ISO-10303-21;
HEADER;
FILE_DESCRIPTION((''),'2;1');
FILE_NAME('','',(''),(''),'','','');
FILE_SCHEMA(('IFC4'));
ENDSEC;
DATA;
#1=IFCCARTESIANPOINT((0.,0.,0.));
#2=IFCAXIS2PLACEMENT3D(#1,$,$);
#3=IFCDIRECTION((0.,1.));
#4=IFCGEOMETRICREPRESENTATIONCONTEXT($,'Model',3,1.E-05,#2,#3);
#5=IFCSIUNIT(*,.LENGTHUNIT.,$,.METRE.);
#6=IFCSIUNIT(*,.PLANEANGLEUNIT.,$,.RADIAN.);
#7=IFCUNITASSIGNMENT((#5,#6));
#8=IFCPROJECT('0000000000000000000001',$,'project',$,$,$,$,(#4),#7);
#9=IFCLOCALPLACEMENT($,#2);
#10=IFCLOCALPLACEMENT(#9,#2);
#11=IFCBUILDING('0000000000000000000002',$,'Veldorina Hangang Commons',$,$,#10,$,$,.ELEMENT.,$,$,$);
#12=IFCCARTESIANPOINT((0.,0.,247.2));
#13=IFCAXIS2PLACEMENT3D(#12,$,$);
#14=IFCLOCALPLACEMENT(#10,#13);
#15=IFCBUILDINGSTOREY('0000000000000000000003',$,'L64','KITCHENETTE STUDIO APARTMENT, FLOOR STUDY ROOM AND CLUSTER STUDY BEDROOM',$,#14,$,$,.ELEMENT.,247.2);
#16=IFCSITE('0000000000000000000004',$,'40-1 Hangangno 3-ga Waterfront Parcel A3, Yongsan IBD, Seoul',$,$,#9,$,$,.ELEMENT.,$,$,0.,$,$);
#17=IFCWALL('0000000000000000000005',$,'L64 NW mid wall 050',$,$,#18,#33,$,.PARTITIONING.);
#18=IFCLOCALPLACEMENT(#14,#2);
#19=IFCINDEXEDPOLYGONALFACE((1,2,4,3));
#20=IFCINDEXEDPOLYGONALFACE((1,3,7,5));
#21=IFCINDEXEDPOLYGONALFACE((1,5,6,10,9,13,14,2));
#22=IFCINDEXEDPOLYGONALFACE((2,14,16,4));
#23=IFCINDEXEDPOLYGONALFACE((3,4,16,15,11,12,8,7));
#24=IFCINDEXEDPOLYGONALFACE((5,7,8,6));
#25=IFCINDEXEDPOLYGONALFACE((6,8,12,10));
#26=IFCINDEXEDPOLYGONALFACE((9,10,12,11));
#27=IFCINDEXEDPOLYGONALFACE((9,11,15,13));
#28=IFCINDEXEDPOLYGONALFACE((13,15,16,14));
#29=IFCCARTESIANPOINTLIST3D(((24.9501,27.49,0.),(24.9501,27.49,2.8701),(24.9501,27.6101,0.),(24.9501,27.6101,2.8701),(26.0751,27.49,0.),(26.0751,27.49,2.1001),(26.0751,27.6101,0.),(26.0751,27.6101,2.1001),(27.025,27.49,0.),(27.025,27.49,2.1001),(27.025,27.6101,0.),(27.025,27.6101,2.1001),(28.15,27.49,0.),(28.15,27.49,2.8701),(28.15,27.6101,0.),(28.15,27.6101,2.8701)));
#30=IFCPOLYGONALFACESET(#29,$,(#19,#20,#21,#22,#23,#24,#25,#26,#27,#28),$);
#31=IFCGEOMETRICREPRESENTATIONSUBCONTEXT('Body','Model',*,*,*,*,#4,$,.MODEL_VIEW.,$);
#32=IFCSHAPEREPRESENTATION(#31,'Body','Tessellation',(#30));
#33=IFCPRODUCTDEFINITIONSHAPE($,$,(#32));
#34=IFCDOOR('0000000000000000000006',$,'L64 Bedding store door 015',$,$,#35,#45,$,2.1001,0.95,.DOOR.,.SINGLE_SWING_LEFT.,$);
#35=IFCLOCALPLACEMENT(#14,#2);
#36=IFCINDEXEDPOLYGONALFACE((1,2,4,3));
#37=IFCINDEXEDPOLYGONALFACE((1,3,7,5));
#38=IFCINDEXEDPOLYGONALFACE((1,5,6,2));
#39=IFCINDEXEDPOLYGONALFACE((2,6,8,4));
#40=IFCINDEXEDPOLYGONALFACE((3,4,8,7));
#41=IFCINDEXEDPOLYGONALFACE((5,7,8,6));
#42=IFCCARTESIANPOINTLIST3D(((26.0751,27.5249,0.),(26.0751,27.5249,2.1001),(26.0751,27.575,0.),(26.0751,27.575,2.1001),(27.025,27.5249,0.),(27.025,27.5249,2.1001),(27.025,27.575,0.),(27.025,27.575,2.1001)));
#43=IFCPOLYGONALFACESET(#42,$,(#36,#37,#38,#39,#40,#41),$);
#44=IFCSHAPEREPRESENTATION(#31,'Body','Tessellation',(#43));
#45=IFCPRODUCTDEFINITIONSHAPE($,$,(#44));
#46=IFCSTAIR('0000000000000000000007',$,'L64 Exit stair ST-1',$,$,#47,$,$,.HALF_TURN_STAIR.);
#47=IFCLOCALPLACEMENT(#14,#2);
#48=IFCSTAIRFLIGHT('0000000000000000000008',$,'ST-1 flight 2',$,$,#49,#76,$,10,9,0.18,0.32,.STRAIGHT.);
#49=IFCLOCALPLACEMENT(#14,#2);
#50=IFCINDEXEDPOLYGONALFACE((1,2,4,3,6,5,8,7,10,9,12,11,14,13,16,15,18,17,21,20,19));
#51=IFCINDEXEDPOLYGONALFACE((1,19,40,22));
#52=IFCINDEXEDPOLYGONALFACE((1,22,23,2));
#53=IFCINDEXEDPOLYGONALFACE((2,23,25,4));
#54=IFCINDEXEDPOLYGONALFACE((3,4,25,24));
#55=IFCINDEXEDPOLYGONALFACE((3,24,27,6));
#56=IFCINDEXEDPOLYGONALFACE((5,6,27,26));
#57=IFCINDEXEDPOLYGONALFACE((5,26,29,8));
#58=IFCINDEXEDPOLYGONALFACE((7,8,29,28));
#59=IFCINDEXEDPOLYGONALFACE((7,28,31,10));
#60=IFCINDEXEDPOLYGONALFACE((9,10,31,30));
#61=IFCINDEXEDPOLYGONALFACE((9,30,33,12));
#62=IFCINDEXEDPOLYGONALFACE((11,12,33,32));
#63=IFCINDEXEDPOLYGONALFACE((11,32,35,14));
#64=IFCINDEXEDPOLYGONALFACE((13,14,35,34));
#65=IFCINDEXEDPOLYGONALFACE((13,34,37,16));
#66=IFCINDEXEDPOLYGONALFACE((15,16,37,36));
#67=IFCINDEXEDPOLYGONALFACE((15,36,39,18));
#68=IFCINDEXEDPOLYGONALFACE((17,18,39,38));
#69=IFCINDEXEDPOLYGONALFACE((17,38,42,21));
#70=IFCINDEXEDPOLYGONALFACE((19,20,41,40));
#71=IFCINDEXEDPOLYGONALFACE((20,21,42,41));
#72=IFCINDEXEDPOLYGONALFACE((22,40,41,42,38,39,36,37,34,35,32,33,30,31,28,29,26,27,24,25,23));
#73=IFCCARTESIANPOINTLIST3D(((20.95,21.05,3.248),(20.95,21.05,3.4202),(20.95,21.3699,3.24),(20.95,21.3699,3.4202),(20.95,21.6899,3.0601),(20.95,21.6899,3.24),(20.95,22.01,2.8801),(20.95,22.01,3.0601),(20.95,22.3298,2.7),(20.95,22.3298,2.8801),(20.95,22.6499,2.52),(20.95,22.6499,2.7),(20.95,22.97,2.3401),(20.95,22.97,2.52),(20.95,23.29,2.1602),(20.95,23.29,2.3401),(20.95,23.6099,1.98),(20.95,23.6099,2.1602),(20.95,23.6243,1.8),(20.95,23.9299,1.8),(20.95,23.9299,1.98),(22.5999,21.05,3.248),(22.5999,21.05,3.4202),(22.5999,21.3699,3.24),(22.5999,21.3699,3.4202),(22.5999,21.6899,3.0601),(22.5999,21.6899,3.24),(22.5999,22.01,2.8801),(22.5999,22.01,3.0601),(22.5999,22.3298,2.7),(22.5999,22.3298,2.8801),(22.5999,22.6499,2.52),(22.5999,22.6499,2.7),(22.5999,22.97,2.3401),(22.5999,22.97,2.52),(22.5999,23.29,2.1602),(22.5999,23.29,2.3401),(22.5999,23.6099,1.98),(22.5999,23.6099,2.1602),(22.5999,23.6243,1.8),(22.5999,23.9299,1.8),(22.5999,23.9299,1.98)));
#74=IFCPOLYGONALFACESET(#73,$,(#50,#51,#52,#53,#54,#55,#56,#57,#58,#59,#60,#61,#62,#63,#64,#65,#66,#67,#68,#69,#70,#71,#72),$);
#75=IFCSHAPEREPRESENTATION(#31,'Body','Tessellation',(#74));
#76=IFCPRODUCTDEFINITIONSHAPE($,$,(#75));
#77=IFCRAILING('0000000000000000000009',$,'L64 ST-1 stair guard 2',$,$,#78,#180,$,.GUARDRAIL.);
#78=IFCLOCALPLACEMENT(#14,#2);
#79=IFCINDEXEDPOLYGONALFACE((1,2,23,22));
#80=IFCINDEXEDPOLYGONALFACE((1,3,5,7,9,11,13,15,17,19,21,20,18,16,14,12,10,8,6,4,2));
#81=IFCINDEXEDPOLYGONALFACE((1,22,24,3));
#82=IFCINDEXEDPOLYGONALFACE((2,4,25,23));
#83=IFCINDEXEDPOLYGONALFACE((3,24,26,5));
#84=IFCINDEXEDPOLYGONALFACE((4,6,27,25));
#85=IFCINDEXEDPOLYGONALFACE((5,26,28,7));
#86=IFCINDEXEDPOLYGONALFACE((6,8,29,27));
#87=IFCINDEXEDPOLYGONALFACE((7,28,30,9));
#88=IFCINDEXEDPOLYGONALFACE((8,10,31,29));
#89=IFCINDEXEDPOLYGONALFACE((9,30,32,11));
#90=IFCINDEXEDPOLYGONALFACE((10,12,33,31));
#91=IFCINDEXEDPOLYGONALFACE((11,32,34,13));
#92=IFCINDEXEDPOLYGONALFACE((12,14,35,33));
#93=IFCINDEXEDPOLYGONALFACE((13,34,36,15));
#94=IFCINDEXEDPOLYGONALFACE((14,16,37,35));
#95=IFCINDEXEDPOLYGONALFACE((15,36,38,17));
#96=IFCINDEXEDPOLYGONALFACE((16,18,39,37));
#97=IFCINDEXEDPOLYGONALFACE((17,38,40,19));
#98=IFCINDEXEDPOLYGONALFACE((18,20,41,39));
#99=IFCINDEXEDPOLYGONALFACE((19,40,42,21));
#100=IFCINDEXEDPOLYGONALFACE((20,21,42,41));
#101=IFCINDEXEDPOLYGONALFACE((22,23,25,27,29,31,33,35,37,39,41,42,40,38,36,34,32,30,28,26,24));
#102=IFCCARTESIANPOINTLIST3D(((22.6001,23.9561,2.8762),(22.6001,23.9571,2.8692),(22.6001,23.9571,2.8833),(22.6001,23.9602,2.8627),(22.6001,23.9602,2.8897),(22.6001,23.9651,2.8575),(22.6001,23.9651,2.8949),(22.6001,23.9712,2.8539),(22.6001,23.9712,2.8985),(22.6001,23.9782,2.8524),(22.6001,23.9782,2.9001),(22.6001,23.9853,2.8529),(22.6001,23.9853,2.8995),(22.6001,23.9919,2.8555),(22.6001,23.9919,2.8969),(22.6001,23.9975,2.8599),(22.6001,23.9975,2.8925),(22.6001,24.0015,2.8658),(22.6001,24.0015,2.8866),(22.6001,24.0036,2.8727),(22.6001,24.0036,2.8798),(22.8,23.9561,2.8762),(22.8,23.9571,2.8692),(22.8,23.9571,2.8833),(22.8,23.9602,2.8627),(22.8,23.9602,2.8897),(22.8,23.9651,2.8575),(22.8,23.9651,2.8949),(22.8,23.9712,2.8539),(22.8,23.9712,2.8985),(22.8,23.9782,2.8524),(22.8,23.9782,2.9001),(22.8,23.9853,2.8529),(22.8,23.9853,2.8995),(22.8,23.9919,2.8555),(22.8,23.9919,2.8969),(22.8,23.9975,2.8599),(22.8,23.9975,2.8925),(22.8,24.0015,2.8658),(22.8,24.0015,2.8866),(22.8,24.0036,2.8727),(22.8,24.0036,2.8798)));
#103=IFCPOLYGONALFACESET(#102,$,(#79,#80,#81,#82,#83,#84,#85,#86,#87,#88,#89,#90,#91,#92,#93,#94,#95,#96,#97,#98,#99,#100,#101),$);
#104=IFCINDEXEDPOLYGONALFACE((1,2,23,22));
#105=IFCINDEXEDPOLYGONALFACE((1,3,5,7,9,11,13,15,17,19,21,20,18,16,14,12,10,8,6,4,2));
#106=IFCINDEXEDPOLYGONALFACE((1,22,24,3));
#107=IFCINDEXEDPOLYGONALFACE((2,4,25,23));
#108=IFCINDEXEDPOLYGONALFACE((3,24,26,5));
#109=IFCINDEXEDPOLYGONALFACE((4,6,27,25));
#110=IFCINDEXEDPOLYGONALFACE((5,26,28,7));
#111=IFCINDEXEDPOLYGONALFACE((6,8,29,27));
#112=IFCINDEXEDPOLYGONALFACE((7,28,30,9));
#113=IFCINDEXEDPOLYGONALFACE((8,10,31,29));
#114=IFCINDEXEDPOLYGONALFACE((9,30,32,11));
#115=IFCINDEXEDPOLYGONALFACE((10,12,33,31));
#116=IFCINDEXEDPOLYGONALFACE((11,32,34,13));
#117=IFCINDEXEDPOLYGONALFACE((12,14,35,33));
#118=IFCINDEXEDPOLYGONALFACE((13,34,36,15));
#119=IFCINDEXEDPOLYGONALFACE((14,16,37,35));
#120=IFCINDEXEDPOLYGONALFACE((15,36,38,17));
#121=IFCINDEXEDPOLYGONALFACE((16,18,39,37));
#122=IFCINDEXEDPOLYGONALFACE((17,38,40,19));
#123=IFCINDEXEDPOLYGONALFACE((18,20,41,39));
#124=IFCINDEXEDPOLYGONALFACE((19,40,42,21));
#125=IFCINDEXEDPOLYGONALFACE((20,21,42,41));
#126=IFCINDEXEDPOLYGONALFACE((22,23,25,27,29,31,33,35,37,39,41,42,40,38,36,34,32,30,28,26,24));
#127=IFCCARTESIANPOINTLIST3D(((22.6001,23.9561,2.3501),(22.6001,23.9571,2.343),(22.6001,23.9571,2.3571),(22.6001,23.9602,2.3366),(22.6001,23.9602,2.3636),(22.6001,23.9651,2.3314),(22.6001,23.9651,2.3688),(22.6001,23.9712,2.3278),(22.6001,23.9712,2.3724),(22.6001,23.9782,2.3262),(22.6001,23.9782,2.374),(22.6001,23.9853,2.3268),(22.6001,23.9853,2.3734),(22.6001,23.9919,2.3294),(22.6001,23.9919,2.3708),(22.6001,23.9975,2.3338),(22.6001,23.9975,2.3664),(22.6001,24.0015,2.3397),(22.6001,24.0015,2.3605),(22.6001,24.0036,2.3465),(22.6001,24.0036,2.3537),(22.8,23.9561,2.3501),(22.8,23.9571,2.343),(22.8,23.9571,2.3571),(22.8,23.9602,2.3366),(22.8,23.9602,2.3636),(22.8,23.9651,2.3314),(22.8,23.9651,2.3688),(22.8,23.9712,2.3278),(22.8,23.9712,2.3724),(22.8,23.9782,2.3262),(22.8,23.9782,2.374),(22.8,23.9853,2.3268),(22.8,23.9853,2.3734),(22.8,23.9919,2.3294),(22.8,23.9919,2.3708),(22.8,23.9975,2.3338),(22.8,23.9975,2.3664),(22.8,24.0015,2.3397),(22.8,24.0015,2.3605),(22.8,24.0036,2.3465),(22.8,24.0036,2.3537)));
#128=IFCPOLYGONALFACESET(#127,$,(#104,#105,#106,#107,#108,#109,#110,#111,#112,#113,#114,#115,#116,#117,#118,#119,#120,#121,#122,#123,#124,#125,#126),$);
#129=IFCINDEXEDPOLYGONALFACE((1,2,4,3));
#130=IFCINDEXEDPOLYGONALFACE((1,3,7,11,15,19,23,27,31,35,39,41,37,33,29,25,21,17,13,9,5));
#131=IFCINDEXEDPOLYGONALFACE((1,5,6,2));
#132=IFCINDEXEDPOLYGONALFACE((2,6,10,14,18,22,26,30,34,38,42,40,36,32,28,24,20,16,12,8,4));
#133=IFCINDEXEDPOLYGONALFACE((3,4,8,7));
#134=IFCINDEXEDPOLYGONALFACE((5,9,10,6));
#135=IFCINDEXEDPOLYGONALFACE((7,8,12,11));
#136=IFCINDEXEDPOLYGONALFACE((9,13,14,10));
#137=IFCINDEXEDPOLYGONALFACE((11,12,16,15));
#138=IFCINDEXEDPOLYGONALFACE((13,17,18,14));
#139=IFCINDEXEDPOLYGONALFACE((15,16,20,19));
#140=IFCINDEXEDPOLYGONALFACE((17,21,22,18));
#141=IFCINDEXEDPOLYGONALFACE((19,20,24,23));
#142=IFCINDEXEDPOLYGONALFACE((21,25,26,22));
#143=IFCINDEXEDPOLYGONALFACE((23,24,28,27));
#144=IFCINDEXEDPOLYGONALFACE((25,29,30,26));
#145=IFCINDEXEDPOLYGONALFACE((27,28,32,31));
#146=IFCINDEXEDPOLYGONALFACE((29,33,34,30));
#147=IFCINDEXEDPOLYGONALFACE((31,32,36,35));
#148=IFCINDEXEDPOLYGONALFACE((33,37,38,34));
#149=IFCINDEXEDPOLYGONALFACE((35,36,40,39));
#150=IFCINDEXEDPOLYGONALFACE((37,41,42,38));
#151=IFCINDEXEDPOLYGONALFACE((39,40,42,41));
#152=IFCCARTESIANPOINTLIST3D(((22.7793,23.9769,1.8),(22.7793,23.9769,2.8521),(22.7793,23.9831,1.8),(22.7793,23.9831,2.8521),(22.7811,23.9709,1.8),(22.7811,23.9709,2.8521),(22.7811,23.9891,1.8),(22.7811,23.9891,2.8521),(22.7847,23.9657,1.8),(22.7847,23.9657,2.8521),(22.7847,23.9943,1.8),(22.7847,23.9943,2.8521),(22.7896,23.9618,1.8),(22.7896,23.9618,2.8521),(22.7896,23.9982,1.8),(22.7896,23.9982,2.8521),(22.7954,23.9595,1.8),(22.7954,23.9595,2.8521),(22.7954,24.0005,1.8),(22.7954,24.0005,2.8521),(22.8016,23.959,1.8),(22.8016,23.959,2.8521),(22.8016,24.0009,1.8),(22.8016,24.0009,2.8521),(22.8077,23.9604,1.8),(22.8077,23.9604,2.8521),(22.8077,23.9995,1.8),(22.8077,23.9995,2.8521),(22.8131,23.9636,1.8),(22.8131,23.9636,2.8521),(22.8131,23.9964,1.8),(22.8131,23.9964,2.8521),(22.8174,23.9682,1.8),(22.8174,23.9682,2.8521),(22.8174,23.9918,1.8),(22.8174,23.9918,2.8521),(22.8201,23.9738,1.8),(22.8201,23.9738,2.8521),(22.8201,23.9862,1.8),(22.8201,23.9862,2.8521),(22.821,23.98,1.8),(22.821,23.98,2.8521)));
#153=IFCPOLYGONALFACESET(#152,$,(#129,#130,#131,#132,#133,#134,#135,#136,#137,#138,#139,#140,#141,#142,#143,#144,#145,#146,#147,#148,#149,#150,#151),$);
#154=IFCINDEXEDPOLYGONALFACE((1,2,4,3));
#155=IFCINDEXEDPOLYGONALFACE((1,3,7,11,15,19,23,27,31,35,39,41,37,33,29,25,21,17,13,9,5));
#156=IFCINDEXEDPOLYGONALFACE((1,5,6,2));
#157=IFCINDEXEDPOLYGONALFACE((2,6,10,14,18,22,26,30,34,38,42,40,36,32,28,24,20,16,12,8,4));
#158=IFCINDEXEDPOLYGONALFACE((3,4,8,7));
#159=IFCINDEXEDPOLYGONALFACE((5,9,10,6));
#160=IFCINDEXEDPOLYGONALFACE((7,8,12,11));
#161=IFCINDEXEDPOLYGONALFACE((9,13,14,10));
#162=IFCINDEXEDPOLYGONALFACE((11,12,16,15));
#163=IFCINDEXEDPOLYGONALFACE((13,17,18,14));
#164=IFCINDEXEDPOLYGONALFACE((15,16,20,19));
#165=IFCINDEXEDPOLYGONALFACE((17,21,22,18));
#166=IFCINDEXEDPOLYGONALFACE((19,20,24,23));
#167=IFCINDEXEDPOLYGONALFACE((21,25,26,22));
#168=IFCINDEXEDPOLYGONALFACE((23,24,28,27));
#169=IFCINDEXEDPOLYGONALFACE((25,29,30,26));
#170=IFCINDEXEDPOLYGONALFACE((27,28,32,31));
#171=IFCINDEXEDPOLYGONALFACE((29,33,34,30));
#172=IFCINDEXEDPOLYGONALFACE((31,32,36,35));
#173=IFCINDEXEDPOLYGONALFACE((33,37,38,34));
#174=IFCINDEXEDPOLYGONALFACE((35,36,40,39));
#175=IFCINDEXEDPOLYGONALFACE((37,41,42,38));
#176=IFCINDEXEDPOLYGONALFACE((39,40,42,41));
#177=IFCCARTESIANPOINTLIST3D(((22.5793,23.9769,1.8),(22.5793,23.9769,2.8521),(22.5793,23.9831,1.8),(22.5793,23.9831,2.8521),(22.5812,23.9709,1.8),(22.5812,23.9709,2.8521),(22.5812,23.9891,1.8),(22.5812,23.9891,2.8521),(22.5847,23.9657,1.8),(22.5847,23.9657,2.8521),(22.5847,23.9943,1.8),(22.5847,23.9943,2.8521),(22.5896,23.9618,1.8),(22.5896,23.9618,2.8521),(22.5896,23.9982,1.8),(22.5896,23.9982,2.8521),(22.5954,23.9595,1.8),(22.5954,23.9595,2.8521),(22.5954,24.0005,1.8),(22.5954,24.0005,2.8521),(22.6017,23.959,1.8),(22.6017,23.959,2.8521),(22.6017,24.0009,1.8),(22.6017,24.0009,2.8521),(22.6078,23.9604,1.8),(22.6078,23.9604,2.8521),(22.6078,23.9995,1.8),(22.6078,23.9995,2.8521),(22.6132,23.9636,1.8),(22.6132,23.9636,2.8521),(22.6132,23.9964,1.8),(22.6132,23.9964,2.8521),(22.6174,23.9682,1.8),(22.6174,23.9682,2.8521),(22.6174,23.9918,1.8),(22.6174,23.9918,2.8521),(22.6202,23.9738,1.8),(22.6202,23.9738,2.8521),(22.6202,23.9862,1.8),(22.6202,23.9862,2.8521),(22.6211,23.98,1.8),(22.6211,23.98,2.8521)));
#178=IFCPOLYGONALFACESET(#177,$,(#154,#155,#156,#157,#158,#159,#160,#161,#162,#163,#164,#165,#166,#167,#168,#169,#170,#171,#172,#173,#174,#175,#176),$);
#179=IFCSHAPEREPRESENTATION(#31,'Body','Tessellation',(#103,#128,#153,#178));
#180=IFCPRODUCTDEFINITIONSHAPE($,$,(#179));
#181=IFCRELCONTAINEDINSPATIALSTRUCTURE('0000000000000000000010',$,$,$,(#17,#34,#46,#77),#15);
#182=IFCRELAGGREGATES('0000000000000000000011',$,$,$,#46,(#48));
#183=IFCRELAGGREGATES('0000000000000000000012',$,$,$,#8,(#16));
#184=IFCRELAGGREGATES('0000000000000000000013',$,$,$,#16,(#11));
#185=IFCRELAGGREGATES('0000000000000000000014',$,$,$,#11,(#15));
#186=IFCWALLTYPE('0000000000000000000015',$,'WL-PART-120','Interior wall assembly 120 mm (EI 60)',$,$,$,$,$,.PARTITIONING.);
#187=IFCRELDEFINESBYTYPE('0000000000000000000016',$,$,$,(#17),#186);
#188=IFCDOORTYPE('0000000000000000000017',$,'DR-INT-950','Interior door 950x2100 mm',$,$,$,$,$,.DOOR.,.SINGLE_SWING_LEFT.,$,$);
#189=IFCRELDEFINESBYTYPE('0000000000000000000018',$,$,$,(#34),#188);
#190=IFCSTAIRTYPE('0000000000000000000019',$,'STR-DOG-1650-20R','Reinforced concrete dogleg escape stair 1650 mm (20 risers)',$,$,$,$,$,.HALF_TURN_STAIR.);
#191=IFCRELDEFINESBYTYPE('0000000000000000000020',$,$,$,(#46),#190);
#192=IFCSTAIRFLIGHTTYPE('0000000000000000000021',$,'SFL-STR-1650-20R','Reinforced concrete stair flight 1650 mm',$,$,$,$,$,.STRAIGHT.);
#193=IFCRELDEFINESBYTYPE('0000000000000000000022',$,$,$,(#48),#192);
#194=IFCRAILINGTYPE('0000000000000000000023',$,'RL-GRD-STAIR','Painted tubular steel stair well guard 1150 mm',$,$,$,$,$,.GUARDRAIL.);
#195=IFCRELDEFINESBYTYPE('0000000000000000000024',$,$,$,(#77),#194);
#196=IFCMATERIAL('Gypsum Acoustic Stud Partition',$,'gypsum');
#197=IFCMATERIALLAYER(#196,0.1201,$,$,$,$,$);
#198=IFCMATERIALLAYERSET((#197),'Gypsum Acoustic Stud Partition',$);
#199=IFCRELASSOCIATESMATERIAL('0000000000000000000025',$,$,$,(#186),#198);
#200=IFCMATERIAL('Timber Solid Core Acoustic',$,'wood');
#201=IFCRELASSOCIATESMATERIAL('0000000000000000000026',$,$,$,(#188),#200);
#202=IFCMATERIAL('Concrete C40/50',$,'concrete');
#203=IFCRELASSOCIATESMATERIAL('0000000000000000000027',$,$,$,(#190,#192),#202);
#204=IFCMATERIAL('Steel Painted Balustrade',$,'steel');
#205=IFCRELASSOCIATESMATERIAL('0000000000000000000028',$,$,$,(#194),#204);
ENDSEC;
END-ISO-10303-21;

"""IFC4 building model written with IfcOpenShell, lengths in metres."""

from ifc_helpers import new_model, si_unit, direction, frame, frame_2d, origin, origin_2d, place, context, subcontext, project, spatial, polyline, rectangle, circle, outline, extrude, material, layer, layer_set, type_object, element, fill, aggregate, save


model = new_model("IFC4")

# Units and contexts
model_context = context("Model", 3, precision=1e-05, world=origin(), true_north=direction((0.0, 1.0)))
body_context = subcontext(model_context, "Body", "Model", "MODEL_VIEW")
ifc_project = project(units=[si_unit("LENGTHUNIT", "METRE"), si_unit("PLANEANGLEUNIT", "RADIAN")], contexts=[model_context])

# Site, building, storey
site_placement = place(None, origin())
site = spatial("IfcSite", under=ifc_project, at=site_placement, Name="40-1 Hangangno 3-ga Waterfront Parcel A3, Yongsan IBD, Seoul", CompositionType="ELEMENT", RefElevation=0.0)
building_placement = place(site_placement, origin())
building = spatial("IfcBuilding", under=site, at=building_placement, Name="Veldorina Hangang Commons", CompositionType="ELEMENT")
storey_placement = place(building_placement, frame((0.0, 0.0, 247.2)))
storey = spatial("IfcBuildingStorey", under=building, at=storey_placement, Name="L64", Description="KITCHENETTE STUDIO APARTMENT, FLOOR STUDY ROOM AND CLUSTER STUDY BEDROOM", CompositionType="ELEMENT", Elevation=247.2)

# Shared definitions
ifc_material_1 = material(Name="Gypsum Acoustic Stud Partition", Category="gypsum")
ifc_layer_1 = layer(ifc_material_1, 0.1201)
ifc_layer_set_1 = layer_set([ifc_layer_1], Name="Gypsum Acoustic Stud Partition")
wall_type_1 = type_object("IfcWallType", Name="WL-PART-120", Description="Interior wall assembly 120 mm (EI 60)", PredefinedType="PARTITIONING", material=ifc_layer_set_1)

# Shared definitions
ifc_material_2 = material(Name="Timber Solid Core Acoustic", Category="wood")
door_type_1 = type_object("IfcDoorType", Name="DR-INT-950", Description="Interior door 950x2100 mm", OperationType="SINGLE_SWING_LEFT", PredefinedType="DOOR", material=ifc_material_2)

# Wall, opening, door
wall_1_placement = place(storey_placement, frame((24.95, 27.55, 0.0), z_axis=(0.0, 0.0, 1.0), x_axis=(1.0, 0.0, 0.0)))
wall_1 = element("IfcWall", 1, at=wall_1_placement, inside=storey, type_object=wall_type_1, Name="L64 NW mid wall 050", PredefinedType="PARTITIONING", context=body_context, shape_type="SweptSolid", body=[
    extrude(rectangle(XDim=3.2, YDim=0.1201, at=frame_2d((1.6001, 0.0))), origin(), (0.0, 0.0, 1.0), 2.8701),
])
opening_1_placement = place(wall_1_placement, frame((1.125, 0.0, 0.0)))
opening_1 = element("IfcOpeningElement", 2, at=opening_1_placement, cuts=wall_1, PredefinedType="OPENING", context=body_context, shape_type="SweptSolid", body=[
    extrude(rectangle(XDim=0.95, YDim=2.1001, at=frame_2d((0.4751, 1.05))), frame((0.0, 0.0701, 0.0), z_axis=(0.0, -1.0, 0.0), x_axis=(1.0, 0.0, 0.0)), (0.0, 0.0, 1.0), 0.1401),
])
door_1_placement = place(opening_1_placement, origin())
door_1 = element("IfcDoor", 3, at=door_1_placement, inside=storey, type_object=door_type_1, Name="L64 Bedding store door 015", OperationType="SINGLE_SWING_LEFT", OverallHeight=2.1001, OverallWidth=0.95, PredefinedType="DOOR", context=body_context, shape_type="SweptSolid", body=[
    extrude(rectangle(XDim=0.95, YDim=2.1001, at=frame_2d((0.4751, 1.05))), frame((0.0, 0.0249, 0.0), z_axis=(0.0, -1.0, 0.0), x_axis=(1.0, 0.0, 0.0)), (0.0, 0.0, 1.0), 0.05),
])
fill(opening_1, door_1)

# Stair, stair flight
ifc_material_3 = material(Name="Concrete C40/50", Category="concrete")
stair_type = type_object("IfcStairType", Name="STR-DOG-1650-20R", Description="Reinforced concrete dogleg escape stair 1650 mm (20 risers)", PredefinedType="HALF_TURN_STAIR", material=ifc_material_3)
stair_placement = place(storey_placement, origin())
stair = element("IfcStair", 4, at=stair_placement, inside=storey, type_object=stair_type, Name="L64 Exit stair ST-1", PredefinedType="HALF_TURN_STAIR")
stair_flight_type = type_object("IfcStairFlightType", Name="SFL-STR-1650-20R", Description="Reinforced concrete stair flight 1650 mm", PredefinedType="STRAIGHT", material=ifc_material_3)
stair_flight_placement = place(storey_placement, frame((21.7749, 23.9299, 1.8), z_axis=(0.0, 0.0, 1.0), x_axis=(0.0, -1.0, 0.0)))
stair_flight = element("IfcStairFlight", 5, at=stair_flight_placement, type_object=stair_flight_type, Name="ST-1 flight 2", NumberOfRisers=10, NumberOfTreads=9, PredefinedType="STRAIGHT", RiserHeight=0.18, TreadLength=0.32, context=body_context, shape_type="SweptSolid", body=[
    extrude(outline(polyline([(0.0, 0.0), (0.0, 0.1799), (0.3201, 0.1799), (0.3201, 0.3601), (0.6399, 0.3601), (0.6399, 0.54), (0.96, 0.54), (0.96, 0.72), (1.28, 0.72), (1.28, 0.8999), (1.6001, 0.8999), (1.6001, 1.0801), (1.9199, 1.0801), (1.9199, 1.26), (2.24, 1.26), (2.24, 1.4399), (2.5601, 1.4399), (2.5601, 1.6201), (2.8799, 1.6201), (2.8799, 1.8), (2.8799, 1.448), (0.3057, 0.0), (0.0, 0.0)])), frame((0.0, 0.825, 0.0), z_axis=(0.0, -1.0, 0.0), x_axis=(1.0, 0.0, 0.0)), (0.0, 0.0, 1.0), 1.6499),
])
aggregate(stair, [stair_flight])

# Railing
ifc_material_4 = material(Name="Steel Painted Balustrade", Category="steel")
railing_type_1 = type_object("IfcRailingType", Name="RL-GRD-STAIR", Description="Painted tubular steel stair well guard 1150 mm", PredefinedType="GUARDRAIL", material=ifc_material_4)
railing_1_placement = place(storey_placement, frame((22.8, 23.98, 1.8)))
element("IfcRailing", 6, at=railing_1_placement, inside=storey, type_object=railing_type_1, Name="L64 ST-1 stair guard 2", PredefinedType="GUARDRAIL", context=body_context, shape_type="SweptSolid", body=[
    extrude(circle(Radius=0.0239, at=origin_2d()), frame((0.0, 0.0, 1.0762), z_axis=(-1.0, 0.0, 0.0), x_axis=(0.0, -1.0, 0.0)), (0.0, 0.0, 1.0), 0.2),
    extrude(circle(Radius=0.0239, at=origin_2d()), frame((0.0, 0.0, 0.55), z_axis=(-1.0, 0.0, 0.0), x_axis=(0.0, -1.0, 0.0)), (0.0, 0.0, 1.0), 0.2),
    extrude(circle(Radius=0.021, at=origin_2d()), origin(), (0.0, 0.0, 1.0), 1.052),
    extrude(circle(Radius=0.021, at=origin_2d()), frame((-0.2, 0.0, 0.0)), (0.0, 0.0, 1.0), 1.052),
])

save(model, "model.ifc")
